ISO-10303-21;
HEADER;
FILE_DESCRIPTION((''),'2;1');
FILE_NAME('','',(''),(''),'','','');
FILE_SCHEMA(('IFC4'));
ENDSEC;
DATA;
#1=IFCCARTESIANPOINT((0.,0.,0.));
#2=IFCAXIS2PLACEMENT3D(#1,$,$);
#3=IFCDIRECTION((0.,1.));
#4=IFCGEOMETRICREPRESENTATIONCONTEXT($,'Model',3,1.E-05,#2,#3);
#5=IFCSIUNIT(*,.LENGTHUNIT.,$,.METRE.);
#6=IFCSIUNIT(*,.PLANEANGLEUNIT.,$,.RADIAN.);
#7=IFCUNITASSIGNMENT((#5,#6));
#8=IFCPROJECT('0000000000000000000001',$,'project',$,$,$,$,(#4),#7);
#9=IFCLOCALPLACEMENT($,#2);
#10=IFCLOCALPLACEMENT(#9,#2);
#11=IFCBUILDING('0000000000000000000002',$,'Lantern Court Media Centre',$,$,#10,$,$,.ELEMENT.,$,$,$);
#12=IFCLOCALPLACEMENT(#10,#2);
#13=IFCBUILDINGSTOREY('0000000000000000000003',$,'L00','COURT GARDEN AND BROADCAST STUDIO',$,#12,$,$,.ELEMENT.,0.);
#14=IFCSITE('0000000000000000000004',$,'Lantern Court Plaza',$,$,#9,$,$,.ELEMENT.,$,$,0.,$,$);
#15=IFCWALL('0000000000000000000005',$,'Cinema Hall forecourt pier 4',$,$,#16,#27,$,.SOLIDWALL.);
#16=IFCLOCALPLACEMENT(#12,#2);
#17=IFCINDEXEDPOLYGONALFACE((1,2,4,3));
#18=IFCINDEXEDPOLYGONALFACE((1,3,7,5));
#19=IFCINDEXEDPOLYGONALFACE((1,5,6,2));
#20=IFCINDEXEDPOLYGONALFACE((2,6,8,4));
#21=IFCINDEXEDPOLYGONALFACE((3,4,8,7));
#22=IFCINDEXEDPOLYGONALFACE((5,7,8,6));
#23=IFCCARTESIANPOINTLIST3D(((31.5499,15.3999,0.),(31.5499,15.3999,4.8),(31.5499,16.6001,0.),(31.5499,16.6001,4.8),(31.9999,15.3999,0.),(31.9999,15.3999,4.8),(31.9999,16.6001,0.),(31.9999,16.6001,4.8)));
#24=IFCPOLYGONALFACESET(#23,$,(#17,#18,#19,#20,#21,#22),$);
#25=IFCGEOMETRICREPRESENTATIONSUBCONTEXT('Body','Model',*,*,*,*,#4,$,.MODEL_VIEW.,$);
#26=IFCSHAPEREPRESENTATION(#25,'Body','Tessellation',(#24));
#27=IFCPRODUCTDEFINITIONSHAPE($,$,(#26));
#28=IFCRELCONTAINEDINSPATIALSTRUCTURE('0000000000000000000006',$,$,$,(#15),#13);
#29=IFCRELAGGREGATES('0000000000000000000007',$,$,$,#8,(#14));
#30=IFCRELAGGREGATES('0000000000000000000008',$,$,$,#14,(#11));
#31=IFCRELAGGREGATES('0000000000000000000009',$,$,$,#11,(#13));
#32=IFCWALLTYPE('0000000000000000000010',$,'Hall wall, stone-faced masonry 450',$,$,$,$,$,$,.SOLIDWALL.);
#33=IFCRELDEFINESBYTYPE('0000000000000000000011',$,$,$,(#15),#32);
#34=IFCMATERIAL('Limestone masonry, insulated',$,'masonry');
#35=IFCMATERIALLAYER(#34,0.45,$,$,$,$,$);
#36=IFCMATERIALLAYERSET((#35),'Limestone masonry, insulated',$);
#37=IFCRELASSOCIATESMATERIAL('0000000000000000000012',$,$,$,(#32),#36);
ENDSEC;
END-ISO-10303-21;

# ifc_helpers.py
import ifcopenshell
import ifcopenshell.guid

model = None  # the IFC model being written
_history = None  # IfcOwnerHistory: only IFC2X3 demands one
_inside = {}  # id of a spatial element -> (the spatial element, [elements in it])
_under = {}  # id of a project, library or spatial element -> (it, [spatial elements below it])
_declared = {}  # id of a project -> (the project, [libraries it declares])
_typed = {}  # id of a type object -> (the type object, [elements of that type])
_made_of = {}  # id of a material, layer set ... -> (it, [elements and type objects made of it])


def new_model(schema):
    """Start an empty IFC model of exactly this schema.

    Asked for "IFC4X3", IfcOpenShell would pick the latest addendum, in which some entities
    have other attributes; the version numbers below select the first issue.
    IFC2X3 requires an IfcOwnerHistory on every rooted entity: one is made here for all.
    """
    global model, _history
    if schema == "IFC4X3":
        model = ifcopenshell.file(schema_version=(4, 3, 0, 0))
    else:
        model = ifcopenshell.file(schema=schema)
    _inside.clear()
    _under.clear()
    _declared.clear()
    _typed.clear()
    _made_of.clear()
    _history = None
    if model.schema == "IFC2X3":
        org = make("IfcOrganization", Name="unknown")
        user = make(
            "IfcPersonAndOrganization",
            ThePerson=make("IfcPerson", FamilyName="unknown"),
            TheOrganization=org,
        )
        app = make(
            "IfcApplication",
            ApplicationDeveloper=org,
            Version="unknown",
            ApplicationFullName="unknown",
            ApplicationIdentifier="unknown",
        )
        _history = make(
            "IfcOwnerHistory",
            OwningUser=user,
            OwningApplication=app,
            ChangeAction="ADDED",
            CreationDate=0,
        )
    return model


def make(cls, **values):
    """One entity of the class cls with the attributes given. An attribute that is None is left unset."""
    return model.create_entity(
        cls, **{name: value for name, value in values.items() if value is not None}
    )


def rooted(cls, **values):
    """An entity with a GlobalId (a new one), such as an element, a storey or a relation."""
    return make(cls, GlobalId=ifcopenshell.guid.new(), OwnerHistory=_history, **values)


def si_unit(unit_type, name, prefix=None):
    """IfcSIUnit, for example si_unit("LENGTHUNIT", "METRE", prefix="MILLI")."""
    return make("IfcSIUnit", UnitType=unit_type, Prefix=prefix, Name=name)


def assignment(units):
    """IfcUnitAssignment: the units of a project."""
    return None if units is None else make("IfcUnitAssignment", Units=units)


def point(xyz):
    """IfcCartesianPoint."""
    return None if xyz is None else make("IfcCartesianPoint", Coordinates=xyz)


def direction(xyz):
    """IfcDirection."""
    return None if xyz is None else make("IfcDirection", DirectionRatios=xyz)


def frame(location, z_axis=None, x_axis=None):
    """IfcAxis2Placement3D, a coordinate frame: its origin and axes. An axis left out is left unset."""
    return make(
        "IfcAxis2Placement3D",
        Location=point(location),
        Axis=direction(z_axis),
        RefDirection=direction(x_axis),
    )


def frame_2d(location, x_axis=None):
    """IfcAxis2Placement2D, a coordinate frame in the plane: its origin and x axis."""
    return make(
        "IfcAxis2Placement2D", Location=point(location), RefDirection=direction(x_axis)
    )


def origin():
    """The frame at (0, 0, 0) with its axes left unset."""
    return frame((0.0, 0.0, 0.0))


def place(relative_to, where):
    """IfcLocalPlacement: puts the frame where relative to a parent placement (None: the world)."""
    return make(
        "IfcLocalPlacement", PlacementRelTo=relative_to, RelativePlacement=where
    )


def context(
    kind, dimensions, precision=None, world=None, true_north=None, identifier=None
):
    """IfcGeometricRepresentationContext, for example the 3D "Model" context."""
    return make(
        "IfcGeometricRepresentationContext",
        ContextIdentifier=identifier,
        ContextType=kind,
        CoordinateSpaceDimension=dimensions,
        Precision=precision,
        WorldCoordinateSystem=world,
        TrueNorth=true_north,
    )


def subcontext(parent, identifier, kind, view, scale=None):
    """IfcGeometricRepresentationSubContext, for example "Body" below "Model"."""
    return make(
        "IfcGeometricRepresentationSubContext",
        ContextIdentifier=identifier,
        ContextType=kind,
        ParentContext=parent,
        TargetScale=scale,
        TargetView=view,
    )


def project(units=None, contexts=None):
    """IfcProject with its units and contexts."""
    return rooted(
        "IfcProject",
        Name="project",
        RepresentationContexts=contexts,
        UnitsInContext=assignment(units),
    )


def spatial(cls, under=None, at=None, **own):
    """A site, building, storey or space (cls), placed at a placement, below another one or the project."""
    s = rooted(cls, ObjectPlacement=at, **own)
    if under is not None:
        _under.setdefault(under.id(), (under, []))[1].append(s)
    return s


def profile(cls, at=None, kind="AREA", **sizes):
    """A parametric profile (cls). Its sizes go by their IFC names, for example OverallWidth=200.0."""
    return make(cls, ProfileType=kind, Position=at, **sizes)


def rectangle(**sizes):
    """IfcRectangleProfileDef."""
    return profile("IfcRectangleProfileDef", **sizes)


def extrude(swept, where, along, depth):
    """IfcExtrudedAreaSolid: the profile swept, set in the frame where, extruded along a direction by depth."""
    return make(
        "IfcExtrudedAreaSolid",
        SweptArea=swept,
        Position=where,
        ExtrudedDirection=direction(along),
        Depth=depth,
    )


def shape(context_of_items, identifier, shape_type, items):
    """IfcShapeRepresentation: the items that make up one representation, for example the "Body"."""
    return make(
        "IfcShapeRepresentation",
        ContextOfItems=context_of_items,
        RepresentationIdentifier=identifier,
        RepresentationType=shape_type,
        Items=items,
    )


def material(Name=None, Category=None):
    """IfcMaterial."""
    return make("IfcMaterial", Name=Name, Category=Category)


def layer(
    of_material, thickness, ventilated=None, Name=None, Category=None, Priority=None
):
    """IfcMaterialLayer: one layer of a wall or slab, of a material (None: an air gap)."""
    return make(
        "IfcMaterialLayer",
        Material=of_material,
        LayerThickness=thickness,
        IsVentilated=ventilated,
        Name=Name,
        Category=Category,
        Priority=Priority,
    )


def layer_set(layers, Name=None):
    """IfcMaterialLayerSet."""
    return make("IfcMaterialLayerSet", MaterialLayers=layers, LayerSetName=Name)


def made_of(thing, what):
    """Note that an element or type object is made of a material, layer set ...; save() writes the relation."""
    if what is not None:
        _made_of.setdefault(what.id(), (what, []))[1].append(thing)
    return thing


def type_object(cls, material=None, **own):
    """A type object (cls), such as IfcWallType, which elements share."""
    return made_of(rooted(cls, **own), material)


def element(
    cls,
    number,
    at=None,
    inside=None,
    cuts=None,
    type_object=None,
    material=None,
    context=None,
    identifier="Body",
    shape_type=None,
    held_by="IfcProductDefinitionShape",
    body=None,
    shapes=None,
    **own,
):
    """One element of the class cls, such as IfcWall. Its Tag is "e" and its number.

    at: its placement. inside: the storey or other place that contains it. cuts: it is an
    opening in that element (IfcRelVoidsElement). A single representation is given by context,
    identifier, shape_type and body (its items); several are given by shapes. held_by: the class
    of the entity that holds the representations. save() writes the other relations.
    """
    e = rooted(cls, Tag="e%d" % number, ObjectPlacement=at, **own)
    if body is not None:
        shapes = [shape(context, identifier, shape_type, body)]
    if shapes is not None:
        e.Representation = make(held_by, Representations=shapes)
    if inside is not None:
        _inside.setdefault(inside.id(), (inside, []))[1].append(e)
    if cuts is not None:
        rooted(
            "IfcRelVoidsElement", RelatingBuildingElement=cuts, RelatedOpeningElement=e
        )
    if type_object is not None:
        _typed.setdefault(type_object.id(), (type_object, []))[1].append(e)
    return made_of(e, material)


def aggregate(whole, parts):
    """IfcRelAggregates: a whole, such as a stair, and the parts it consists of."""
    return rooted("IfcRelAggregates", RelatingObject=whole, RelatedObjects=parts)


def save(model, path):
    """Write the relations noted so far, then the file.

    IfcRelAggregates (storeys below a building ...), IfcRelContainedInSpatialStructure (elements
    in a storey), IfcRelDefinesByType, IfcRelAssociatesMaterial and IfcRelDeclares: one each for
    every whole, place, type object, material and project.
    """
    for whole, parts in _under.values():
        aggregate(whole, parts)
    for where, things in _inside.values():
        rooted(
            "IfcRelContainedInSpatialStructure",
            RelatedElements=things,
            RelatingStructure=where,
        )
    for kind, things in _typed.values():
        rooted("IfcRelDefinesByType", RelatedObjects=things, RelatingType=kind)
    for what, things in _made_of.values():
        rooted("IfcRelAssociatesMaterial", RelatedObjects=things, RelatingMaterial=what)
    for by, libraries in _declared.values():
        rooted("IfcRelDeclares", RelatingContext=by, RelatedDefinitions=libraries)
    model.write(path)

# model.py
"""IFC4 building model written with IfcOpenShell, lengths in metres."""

from ifc_helpers import new_model, si_unit, direction, frame, frame_2d, origin, place, context, subcontext, project, spatial, rectangle, extrude, material, layer, layer_set, type_object, element, save


model = new_model("IFC4")

# Units and contexts
model_context = context("Model", 3, precision=1e-05, world=origin(), true_north=direction((0.0, 1.0)))
body_context = subcontext(model_context, "Body", "Model", "MODEL_VIEW")
ifc_project = project(units=[si_unit("LENGTHUNIT", "METRE"), si_unit("PLANEANGLEUNIT", "RADIAN")], contexts=[model_context])

# Site, building, storey
site_placement = place(None, origin())
site = spatial("IfcSite", under=ifc_project, at=site_placement, Name="Lantern Court Plaza", CompositionType="ELEMENT", RefElevation=0.0)
building_placement = place(site_placement, origin())
building = spatial("IfcBuilding", under=site, at=building_placement, Name="Lantern Court Media Centre", CompositionType="ELEMENT")
storey_placement = place(building_placement, origin())
storey = spatial("IfcBuildingStorey", under=building, at=storey_placement, Name="L00", Description="COURT GARDEN AND BROADCAST STUDIO", CompositionType="ELEMENT", Elevation=0.0)

# Wall
ifc_material_1 = material(Name="Limestone masonry, insulated", Category="masonry")
ifc_layer_1 = layer(ifc_material_1, 0.45)
ifc_layer_set_1 = layer_set([ifc_layer_1], Name="Limestone masonry, insulated")
wall_type = type_object("IfcWallType", Name="Hall wall, stone-faced masonry 450", PredefinedType="SOLIDWALL", material=ifc_layer_set_1)
for number, where, z_axis, x_axis, name in (
    (1, (31.7749, 15.3999, 0.0), (0.0, 0.0, 1.0), (0.0, 1.0, 0.0), "Cinema Hall forecourt pier 4"),
):
    element("IfcWall", number, at=place(storey_placement, frame(where, z_axis=z_axis, x_axis=x_axis)), inside=storey, type_object=wall_type, Name=name, PredefinedType="SOLIDWALL", context=body_context, shape_type="SweptSolid", body=[
        extrude(rectangle(XDim=1.2002, YDim=0.45, at=frame_2d((0.6001, 0.0))), origin(), (0.0, 0.0, 1.0), 4.8),
    ])

save(model, "model.ifc")
